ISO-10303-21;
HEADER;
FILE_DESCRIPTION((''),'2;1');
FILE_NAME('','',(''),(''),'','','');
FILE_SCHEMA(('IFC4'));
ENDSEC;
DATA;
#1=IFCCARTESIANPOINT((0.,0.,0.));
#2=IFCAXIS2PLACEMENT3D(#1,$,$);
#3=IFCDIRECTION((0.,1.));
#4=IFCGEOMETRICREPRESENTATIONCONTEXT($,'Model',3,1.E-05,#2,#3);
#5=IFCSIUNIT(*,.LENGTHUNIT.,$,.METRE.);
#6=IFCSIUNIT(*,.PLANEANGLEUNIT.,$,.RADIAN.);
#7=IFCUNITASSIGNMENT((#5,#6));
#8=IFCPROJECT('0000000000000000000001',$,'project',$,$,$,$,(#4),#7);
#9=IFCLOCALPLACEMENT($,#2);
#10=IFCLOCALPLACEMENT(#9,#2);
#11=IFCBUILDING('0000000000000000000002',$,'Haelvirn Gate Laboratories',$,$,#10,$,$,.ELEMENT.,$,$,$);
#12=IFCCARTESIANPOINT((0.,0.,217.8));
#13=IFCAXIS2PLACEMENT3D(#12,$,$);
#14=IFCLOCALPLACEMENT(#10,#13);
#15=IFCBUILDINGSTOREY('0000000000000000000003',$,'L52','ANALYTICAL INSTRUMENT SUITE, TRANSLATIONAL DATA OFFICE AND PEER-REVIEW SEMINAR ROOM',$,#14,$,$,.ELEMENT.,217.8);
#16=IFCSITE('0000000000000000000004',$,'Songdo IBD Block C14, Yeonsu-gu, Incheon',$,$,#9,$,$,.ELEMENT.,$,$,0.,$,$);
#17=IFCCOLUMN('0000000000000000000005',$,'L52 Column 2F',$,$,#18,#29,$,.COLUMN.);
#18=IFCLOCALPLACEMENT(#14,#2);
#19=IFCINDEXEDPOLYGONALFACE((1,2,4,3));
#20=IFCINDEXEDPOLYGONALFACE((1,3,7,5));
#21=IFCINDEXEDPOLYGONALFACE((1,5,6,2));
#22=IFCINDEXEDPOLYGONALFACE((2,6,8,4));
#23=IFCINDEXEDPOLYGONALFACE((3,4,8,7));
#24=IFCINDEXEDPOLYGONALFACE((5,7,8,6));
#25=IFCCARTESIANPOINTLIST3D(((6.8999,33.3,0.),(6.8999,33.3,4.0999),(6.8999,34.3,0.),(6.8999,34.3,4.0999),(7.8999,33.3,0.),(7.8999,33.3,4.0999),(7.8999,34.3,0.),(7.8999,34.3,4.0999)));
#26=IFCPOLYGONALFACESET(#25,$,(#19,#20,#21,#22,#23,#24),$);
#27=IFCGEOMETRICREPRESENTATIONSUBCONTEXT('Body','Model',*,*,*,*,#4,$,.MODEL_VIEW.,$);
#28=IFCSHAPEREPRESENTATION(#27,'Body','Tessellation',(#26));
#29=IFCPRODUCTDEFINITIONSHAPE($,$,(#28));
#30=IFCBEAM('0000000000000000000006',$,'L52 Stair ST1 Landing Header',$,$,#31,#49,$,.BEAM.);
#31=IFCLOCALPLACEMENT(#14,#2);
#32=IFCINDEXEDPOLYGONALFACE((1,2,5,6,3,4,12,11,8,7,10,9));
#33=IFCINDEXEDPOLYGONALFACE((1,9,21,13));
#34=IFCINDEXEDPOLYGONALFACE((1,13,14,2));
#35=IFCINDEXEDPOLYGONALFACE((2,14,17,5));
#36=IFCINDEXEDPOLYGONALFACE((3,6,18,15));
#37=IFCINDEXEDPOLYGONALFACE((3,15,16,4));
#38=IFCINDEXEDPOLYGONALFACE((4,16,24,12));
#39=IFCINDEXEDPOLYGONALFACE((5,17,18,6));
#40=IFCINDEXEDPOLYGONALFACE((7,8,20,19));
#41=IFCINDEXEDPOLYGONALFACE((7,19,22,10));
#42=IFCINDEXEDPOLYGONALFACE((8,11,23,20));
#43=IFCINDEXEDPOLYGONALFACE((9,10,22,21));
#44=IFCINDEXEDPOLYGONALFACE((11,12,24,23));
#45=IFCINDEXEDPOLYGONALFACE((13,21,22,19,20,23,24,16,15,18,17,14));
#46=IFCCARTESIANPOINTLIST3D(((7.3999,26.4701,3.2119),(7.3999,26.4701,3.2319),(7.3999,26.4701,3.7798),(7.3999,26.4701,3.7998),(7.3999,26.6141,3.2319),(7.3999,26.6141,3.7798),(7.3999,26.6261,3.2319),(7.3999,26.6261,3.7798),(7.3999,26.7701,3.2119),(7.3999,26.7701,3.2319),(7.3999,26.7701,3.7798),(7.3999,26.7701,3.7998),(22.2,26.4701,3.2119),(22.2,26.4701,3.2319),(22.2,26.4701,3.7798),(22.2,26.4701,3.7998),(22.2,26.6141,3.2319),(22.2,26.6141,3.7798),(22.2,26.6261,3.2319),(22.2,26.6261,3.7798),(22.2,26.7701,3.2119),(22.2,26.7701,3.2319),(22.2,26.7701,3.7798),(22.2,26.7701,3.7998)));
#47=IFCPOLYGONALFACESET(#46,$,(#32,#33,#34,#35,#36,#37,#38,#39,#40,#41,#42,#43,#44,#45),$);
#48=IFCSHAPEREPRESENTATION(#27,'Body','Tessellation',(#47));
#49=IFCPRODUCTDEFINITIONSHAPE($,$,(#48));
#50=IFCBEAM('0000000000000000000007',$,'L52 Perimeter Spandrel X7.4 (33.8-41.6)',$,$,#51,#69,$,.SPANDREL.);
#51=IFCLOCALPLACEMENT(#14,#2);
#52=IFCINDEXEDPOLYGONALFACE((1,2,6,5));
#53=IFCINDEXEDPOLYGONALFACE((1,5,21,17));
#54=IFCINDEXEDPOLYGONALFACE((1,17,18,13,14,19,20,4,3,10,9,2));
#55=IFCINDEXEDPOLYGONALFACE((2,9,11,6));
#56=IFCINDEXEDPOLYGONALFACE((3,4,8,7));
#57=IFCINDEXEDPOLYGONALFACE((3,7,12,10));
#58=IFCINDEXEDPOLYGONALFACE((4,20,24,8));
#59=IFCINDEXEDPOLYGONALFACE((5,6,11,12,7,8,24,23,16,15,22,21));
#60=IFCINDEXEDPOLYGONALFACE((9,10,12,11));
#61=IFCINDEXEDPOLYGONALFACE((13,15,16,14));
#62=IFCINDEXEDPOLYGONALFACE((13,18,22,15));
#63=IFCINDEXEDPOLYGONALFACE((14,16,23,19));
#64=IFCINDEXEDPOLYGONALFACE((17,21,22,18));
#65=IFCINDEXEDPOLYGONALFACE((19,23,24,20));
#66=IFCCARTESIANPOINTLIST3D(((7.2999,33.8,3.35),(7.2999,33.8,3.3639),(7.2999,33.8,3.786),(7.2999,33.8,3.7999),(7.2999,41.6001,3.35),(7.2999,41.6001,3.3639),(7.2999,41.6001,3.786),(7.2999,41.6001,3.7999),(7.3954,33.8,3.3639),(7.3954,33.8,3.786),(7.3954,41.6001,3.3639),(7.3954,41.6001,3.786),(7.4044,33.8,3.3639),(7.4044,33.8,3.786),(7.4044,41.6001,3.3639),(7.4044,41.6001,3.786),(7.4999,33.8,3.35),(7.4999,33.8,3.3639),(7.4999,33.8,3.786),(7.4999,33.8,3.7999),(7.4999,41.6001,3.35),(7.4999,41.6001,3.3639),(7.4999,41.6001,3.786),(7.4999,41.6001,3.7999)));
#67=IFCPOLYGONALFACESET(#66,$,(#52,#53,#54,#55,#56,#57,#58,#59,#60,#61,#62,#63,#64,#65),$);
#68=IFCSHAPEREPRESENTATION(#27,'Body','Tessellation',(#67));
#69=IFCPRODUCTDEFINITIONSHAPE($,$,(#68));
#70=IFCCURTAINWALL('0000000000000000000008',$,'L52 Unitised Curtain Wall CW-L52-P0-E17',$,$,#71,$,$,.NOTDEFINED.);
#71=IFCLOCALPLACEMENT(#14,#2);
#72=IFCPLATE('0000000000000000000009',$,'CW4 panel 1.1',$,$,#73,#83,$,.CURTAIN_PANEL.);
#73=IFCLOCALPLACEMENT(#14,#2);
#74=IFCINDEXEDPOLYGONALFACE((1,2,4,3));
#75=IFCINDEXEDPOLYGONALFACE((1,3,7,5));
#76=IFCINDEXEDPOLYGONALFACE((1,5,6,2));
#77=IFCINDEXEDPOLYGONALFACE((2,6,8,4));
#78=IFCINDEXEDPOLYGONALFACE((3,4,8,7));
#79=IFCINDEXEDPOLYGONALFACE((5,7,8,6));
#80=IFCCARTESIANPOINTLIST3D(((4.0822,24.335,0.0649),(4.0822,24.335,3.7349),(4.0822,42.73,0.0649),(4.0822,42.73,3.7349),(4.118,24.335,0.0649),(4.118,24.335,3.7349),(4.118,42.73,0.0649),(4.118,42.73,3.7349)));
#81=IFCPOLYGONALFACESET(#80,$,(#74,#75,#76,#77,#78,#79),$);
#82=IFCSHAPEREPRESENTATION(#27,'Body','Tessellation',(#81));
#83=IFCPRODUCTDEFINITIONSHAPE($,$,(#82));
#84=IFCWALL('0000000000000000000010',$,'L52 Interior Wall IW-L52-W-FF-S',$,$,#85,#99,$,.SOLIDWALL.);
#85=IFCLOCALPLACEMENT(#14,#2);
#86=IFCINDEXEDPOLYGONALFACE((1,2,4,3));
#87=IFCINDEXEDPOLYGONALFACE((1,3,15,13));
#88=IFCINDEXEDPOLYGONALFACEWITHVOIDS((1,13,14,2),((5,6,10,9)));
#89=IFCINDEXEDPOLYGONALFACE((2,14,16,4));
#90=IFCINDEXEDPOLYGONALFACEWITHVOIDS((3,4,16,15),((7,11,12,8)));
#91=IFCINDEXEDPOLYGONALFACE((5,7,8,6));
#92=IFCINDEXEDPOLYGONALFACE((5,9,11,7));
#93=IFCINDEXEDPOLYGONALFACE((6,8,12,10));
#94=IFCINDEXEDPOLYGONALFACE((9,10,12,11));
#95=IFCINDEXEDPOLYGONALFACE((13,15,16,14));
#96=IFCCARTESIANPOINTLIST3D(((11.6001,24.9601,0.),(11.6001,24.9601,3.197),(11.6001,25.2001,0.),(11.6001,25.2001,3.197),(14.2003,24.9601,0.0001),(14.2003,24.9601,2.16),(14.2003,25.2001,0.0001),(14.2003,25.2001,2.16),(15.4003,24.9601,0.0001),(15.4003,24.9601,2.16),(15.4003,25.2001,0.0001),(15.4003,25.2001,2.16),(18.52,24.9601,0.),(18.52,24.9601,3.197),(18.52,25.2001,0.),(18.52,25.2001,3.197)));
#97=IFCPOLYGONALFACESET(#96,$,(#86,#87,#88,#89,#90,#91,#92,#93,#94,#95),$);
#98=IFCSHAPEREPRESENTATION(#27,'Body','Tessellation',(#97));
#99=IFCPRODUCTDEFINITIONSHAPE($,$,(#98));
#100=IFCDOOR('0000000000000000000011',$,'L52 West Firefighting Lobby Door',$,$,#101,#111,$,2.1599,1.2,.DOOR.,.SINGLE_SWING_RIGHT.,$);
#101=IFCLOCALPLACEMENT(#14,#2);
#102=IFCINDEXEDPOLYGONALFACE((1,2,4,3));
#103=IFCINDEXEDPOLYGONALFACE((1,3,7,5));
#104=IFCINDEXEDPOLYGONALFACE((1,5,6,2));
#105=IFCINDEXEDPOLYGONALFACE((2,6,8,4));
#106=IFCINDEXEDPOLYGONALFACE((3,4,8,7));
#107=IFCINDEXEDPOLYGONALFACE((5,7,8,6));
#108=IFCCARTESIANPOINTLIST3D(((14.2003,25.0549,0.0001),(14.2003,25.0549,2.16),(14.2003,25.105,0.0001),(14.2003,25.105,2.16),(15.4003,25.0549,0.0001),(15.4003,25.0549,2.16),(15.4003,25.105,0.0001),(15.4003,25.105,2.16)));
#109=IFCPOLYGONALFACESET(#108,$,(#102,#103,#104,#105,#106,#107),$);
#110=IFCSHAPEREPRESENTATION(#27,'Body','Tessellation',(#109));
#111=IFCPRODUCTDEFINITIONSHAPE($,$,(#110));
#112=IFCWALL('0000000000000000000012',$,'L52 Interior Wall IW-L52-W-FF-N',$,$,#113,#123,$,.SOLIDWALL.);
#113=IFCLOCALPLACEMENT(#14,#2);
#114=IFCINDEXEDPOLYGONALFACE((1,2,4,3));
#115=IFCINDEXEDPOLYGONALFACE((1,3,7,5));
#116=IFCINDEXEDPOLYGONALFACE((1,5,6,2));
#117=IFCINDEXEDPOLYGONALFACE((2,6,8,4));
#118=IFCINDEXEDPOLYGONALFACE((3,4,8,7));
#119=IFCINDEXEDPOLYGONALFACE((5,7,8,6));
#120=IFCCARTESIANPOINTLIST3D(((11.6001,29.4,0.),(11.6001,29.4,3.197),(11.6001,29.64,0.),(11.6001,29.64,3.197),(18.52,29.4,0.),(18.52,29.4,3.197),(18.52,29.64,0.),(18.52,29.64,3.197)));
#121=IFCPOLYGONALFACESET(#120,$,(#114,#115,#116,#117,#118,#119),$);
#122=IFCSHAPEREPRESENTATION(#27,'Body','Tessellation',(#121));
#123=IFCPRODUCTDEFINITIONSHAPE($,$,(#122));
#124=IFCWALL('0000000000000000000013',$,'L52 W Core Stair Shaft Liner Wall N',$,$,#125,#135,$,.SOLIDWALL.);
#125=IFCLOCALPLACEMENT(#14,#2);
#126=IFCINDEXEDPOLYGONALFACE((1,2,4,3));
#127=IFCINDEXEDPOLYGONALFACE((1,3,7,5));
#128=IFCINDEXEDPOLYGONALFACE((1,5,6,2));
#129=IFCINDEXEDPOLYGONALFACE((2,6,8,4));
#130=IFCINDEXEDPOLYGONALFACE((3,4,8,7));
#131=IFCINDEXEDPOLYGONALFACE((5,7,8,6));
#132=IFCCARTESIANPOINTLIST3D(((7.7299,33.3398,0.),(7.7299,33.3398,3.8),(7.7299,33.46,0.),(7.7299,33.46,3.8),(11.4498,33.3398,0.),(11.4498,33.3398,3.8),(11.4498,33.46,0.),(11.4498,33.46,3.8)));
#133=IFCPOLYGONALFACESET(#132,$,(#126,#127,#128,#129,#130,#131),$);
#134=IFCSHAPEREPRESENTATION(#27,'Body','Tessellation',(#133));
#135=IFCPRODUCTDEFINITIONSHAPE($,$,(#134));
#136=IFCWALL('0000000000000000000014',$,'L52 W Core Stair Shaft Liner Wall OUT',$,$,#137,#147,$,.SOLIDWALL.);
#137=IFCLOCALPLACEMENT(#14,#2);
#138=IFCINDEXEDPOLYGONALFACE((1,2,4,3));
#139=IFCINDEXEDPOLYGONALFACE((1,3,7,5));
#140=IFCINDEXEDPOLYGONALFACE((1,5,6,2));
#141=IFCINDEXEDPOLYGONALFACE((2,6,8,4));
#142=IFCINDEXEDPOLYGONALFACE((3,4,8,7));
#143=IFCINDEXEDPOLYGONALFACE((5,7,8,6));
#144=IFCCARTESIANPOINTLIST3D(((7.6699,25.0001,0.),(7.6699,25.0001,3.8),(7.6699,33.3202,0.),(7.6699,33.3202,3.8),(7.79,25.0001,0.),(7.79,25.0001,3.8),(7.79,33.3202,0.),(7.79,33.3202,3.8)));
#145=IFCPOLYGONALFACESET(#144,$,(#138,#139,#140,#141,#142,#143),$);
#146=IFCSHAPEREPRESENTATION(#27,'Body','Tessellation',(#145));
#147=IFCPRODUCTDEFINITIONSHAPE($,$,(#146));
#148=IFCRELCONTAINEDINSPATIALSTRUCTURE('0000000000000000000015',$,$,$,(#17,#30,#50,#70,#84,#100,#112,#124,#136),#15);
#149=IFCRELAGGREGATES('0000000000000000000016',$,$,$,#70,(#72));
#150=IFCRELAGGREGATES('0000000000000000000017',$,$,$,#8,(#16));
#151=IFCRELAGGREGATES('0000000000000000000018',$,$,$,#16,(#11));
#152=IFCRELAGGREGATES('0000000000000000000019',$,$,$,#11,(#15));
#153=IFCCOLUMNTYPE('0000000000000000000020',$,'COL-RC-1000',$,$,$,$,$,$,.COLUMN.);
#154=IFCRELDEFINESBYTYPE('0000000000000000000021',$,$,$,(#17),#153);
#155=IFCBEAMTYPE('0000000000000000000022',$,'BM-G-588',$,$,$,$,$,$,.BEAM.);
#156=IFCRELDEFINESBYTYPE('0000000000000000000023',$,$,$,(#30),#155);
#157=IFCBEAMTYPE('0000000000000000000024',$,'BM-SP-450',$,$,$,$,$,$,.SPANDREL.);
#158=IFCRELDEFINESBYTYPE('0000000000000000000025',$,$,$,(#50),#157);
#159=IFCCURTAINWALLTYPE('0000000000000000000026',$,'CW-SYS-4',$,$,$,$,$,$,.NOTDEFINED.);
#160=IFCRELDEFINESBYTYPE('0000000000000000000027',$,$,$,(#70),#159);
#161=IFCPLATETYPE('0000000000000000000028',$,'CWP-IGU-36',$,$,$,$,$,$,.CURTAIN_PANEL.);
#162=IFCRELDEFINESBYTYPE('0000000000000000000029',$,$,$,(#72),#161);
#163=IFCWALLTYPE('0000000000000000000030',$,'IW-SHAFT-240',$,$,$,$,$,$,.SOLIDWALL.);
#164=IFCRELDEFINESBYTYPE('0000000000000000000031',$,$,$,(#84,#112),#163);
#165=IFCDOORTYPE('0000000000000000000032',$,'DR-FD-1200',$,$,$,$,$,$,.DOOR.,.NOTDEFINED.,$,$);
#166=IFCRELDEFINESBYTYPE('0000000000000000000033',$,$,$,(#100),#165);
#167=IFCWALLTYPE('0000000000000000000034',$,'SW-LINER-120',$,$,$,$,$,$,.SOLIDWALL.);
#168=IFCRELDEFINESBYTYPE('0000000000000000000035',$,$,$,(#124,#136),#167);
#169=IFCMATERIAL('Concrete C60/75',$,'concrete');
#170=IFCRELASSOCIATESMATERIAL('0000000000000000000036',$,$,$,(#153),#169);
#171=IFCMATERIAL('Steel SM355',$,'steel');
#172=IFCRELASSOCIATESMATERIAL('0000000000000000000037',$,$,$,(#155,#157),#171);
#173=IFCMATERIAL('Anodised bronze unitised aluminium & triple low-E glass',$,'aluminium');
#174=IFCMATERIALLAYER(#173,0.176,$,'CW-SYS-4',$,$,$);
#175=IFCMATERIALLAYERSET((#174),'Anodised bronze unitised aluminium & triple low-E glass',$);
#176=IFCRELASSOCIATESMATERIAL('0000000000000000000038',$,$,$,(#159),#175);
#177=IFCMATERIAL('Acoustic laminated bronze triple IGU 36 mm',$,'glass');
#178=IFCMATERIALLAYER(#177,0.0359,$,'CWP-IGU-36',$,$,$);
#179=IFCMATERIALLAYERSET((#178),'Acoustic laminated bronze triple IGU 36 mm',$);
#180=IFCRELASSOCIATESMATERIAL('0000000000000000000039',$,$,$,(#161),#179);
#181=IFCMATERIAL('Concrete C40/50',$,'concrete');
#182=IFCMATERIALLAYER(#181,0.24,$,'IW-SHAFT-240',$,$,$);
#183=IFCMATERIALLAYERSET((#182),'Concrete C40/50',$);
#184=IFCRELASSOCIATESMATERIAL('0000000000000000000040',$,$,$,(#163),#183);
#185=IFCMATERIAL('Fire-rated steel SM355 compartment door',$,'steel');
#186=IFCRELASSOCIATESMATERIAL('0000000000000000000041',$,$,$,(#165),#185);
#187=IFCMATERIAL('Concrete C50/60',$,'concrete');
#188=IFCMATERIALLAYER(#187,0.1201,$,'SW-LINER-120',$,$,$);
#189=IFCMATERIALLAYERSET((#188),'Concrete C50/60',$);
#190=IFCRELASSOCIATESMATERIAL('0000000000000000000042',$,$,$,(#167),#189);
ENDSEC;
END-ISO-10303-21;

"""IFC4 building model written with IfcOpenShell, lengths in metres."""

from ifc_helpers import new_model, si_unit, direction, frame, frame_2d, origin, origin_2d, place, context, subcontext, project, spatial, rectangle, i_section, extrude, source, transform, mapped, material, layer, layer_set, material_profile, profile_set, type_object, type_shapes, element, fill, aggregate, save


model = new_model("IFC4")

# Units and contexts
model_context = context("Model", 3, precision=1e-05, world=origin(), true_north=direction((0.0, 1.0)))
body_context = subcontext(model_context, "Body", "Model", "MODEL_VIEW")
ifc_project = project(units=[si_unit("LENGTHUNIT", "METRE"), si_unit("PLANEANGLEUNIT", "RADIAN")], contexts=[model_context])

# Site, building, storey
site_placement = place(None, origin())
site = spatial("IfcSite", under=ifc_project, at=site_placement, Name="Songdo IBD Block C14, Yeonsu-gu, Incheon", CompositionType="ELEMENT", RefElevation=0.0)
building_placement = place(site_placement, origin())
building = spatial("IfcBuilding", under=site, at=building_placement, Name="Haelvirn Gate Laboratories", CompositionType="ELEMENT")
storey_placement = place(building_placement, frame((0.0, 0.0, 217.8)))
storey = spatial("IfcBuildingStorey", under=building, at=storey_placement, Name="L52", Description="ANALYTICAL INSTRUMENT SUITE, TRANSLATIONAL DATA OFFICE AND PEER-REVIEW SEMINAR ROOM", CompositionType="ELEMENT", Elevation=217.8)

# Column
ifc_material_1 = material(Name="Concrete C60/75", Category="concrete")
ifc_material_profile_1 = material_profile(ifc_material_1, rectangle(XDim=1.0, YDim=1.0, at=origin_2d()), Name="RC-1000x1000")
ifc_profile_set_1 = profile_set([ifc_material_profile_1], Name="Concrete C60/75")
column_type = type_object("IfcColumnType", Name="COL-RC-1000", PredefinedType="COLUMN", material=ifc_profile_set_1)
shared_shape_1 = source(origin(), body_context, "Body", "SweptSolid", [
    extrude(rectangle(XDim=1.0, YDim=1.0, at=origin_2d()), origin(), (0.0, 0.0, 1.0), 4.0999),
])
type_shapes(column_type, [shared_shape_1])
column_placement = place(storey_placement, frame((7.3999, 33.8, 0.0), z_axis=(0.0, 0.0, 1.0), x_axis=(1.0, 0.0, 0.0)))
element("IfcColumn", 1, at=column_placement, inside=storey, type_object=column_type, Name="L52 Column 2F", PredefinedType="COLUMN", context=body_context, shape_type="MappedRepresentation", body=[
    mapped(shared_shape_1, transform((0.0, 0.0, 0.0), scale=1.0)),
])

# Beams
ifc_material_2 = material(Name="Steel SM355", Category="steel")
ifc_material_profile_2 = material_profile(ifc_material_2, i_section(OverallWidth=0.3, OverallDepth=0.5879, WebThickness=0.012, FlangeThickness=0.02, at=origin_2d()), Name="H-588x300x12x20")
ifc_profile_set_2 = profile_set([ifc_material_profile_2], Name="Steel SM355")
beam_type_1 = type_object("IfcBeamType", Name="BM-G-588", PredefinedType="BEAM", material=ifc_profile_set_2)
shared_shape_2 = source(origin(), body_context, "Body", "SweptSolid", [
    extrude(i_section(OverallWidth=0.3, OverallDepth=0.5879, WebThickness=0.012, FlangeThickness=0.02, at=origin_2d()), origin(), (0.0, 0.0, 1.0), 14.8),
])
type_shapes(beam_type_1, [shared_shape_2])
beam_1_placement = place(storey_placement, frame((7.3999, 26.6201, 3.5059), z_axis=(1.0, 0.0, 0.0), x_axis=(0.0, 1.0, 0.0)))
element("IfcBeam", 2, at=beam_1_placement, inside=storey, type_object=beam_type_1, Name="L52 Stair ST1 Landing Header", PredefinedType="BEAM", context=body_context, shape_type="MappedRepresentation", body=[
    mapped(shared_shape_2, transform((0.0, 0.0, 0.0), scale=1.0)),
])
ifc_material_profile_3 = material_profile(ifc_material_2, i_section(OverallWidth=0.2, OverallDepth=0.45, WebThickness=0.009, FlangeThickness=0.0139, at=origin_2d()), Name="H-450x200x9x14")
ifc_profile_set_3 = profile_set([ifc_material_profile_3], Name="Steel SM355")
beam_type_2 = type_object("IfcBeamType", Name="BM-SP-450", PredefinedType="SPANDREL", material=ifc_profile_set_3)
shared_shape_3 = source(origin(), body_context, "Body", "SweptSolid", [
    extrude(i_section(OverallWidth=0.2, OverallDepth=0.45, WebThickness=0.009, FlangeThickness=0.0139, at=origin_2d()), origin(), (0.0, 0.0, 1.0), 7.8),
])
type_shapes(beam_type_2, [shared_shape_3])
beam_2_placement = place(storey_placement, frame((7.3999, 33.8, 3.575), z_axis=(0.0, 1.0, 0.0), x_axis=(-1.0, 0.0, 0.0)))
element("IfcBeam", 3, at=beam_2_placement, inside=storey, type_object=beam_type_2, Name="L52 Perimeter Spandrel X7.4 (33.8-41.6)", PredefinedType="SPANDREL", context=body_context, shape_type="MappedRepresentation", body=[
    mapped(shared_shape_3, transform((0.0, 0.0, 0.0), scale=1.0)),
])

# Curtain wall, plate
ifc_material_3 = material(Name="Anodised bronze unitised aluminium & triple low-E glass", Category="aluminium")
ifc_layer_1 = layer(ifc_material_3, 0.176, Name="CW-SYS-4")
ifc_layer_set_1 = layer_set([ifc_layer_1], Name="Anodised bronze unitised aluminium & triple low-E glass")
curtain_wall_type = type_object("IfcCurtainWallType", Name="CW-SYS-4", PredefinedType="NOTDEFINED", material=ifc_layer_set_1)
curtain_wall_placement = place(storey_placement, origin())
curtain_wall = element("IfcCurtainWall", 4, at=curtain_wall_placement, inside=storey, type_object=curtain_wall_type, Name="L52 Unitised Curtain Wall CW-L52-P0-E17", PredefinedType="NOTDEFINED")
ifc_material_4 = material(Name="Acoustic laminated bronze triple IGU 36 mm", Category="glass")
ifc_layer_2 = layer(ifc_material_4, 0.0359, Name="CWP-IGU-36")
ifc_layer_set_2 = layer_set([ifc_layer_2], Name="Acoustic laminated bronze triple IGU 36 mm")
plate_type = type_object("IfcPlateType", Name="CWP-IGU-36", PredefinedType="CURTAIN_PANEL", material=ifc_layer_set_2)
shared_shape_4 = source(origin(), body_context, "Body", "SweptSolid", [
    extrude(rectangle(XDim=18.395, YDim=0.0359, at=origin_2d()), origin(), (0.0, 0.0, 1.0), 3.6699),
])
type_shapes(plate_type, [shared_shape_4])
plate_placement = place(storey_placement, frame((4.1001, 33.5325, 0.0649), z_axis=(0.0, 0.0, 1.0), x_axis=(0.0, -1.0, 0.0)))
plate = element("IfcPlate", 5, at=plate_placement, type_object=plate_type, Name="CW4 panel 1.1", PredefinedType="CURTAIN_PANEL", context=body_context, shape_type="MappedRepresentation", body=[
    mapped(shared_shape_4, transform((0.0, 0.0, 0.0), scale=1.0)),
])
aggregate(curtain_wall, [plate])

# Wall, opening, door
ifc_material_5 = material(Name="Concrete C40/50", Category="concrete")
ifc_layer_3 = layer(ifc_material_5, 0.24, Name="IW-SHAFT-240")
ifc_layer_set_3 = layer_set([ifc_layer_3], Name="Concrete C40/50")
wall_type_1 = type_object("IfcWallType", Name="IW-SHAFT-240", PredefinedType="SOLIDWALL", material=ifc_layer_set_3)
wall_1_placement = place(storey_placement, frame((11.6001, 25.0801, 0.0), z_axis=(0.0, 0.0, 1.0), x_axis=(1.0, 0.0, 0.0)))
wall_1 = element("IfcWall", 6, at=wall_1_placement, inside=storey, type_object=wall_type_1, Name="L52 Interior Wall IW-L52-W-FF-S", PredefinedType="SOLIDWALL", context=body_context, shape_type="SweptSolid", body=[
    extrude(rectangle(XDim=6.9199, YDim=0.24, at=frame_2d((3.46, 0.0))), origin(), (0.0, 0.0, 1.0), 3.197),
])
opening_1_placement = place(wall_1_placement, frame((2.6001, 0.0, 0.0)))
opening_1 = element("IfcOpeningElement", 7, at=opening_1_placement, cuts=wall_1, PredefinedType="OPENING", context=body_context, shape_type="SweptSolid", body=[
    extrude(rectangle(XDim=1.2, YDim=2.1599, at=frame_2d((0.6001, 1.0801))), frame((0.0, 0.1299, 0.0), z_axis=(0.0, -1.0, 0.0), x_axis=(1.0, 0.0, 0.0)), (0.0, 0.0, 1.0), 0.26),
])
ifc_material_6 = material(Name="Fire-rated steel SM355 compartment door", Category="steel")
door_type_1 = type_object("IfcDoorType", Name="DR-FD-1200", OperationType="NOTDEFINED", PredefinedType="DOOR", material=ifc_material_6)
shared_shape_5 = source(origin(), body_context, "Body", "SweptSolid", [
    extrude(rectangle(XDim=1.2, YDim=2.1599, at=frame_2d((0.6001, 1.0801))), frame((0.0, 0.0249, 0.0), z_axis=(0.0, -1.0, 0.0), x_axis=(1.0, 0.0, 0.0)), (0.0, 0.0, 1.0), 0.05),
])
type_shapes(door_type_1, [shared_shape_5])
door_1_placement = place(opening_1_placement, origin())
door_1 = element("IfcDoor", 8, at=door_1_placement, inside=storey, type_object=door_type_1, Name="L52 West Firefighting Lobby Door", OperationType="SINGLE_SWING_RIGHT", OverallHeight=2.1599, OverallWidth=1.2, PredefinedType="DOOR", context=body_context, shape_type="MappedRepresentation", body=[
    mapped(shared_shape_5, transform((0.0, 0.0, 0.0), scale=1.0)),
])
fill(opening_1, door_1)

# Wall
wall_2_placement = place(storey_placement, frame((11.6001, 29.52, 0.0), z_axis=(0.0, 0.0, 1.0), x_axis=(1.0, 0.0, 0.0)))
element("IfcWall", 9, at=wall_2_placement, inside=storey, type_object=wall_type_1, Name="L52 Interior Wall IW-L52-W-FF-N", PredefinedType="SOLIDWALL", context=body_context, shape_type="SweptSolid", body=[
    extrude(rectangle(XDim=6.9199, YDim=0.24, at=frame_2d((3.46, 0.0))), origin(), (0.0, 0.0, 1.0), 3.197),
])

# Shared definitions
ifc_material_7 = material(Name="Concrete C50/60", Category="concrete")

# Walls
ifc_layer_4 = layer(ifc_material_7, 0.1201, Name="SW-LINER-120")
ifc_layer_set_4 = layer_set([ifc_layer_4], Name="Concrete C50/60")
wall_type_2 = type_object("IfcWallType", Name="SW-LINER-120", PredefinedType="SOLIDWALL", material=ifc_layer_set_4)
wall_3_placement = place(storey_placement, frame((7.73, 33.3999, 0.0), z_axis=(0.0, 0.0, 1.0), x_axis=(1.0, 0.0, 0.0)))
element("IfcWall", 10, at=wall_3_placement, inside=storey, type_object=wall_type_2, Name="L52 W Core Stair Shaft Liner Wall N", PredefinedType="SOLIDWALL", context=body_context, shape_type="SweptSolid", body=[
    extrude(rectangle(XDim=3.72, YDim=0.1201, at=frame_2d((1.8599, 0.0))), origin(), (0.0, 0.0, 1.0), 3.8),
])
wall_4_placement = place(storey_placement, frame((7.73, 25.0, 0.0), z_axis=(0.0, 0.0, 1.0), x_axis=(0.0, 1.0, 0.0)))
element("IfcWall", 11, at=wall_4_placement, inside=storey, type_object=wall_type_2, Name="L52 W Core Stair Shaft Liner Wall OUT", PredefinedType="SOLIDWALL", context=body_context, shape_type="SweptSolid", body=[
    extrude(rectangle(XDim=8.3201, YDim=0.1201, at=frame_2d((4.1602, 0.0))), origin(), (0.0, 0.0, 1.0), 3.8),
])

save(model, "model.ifc")
